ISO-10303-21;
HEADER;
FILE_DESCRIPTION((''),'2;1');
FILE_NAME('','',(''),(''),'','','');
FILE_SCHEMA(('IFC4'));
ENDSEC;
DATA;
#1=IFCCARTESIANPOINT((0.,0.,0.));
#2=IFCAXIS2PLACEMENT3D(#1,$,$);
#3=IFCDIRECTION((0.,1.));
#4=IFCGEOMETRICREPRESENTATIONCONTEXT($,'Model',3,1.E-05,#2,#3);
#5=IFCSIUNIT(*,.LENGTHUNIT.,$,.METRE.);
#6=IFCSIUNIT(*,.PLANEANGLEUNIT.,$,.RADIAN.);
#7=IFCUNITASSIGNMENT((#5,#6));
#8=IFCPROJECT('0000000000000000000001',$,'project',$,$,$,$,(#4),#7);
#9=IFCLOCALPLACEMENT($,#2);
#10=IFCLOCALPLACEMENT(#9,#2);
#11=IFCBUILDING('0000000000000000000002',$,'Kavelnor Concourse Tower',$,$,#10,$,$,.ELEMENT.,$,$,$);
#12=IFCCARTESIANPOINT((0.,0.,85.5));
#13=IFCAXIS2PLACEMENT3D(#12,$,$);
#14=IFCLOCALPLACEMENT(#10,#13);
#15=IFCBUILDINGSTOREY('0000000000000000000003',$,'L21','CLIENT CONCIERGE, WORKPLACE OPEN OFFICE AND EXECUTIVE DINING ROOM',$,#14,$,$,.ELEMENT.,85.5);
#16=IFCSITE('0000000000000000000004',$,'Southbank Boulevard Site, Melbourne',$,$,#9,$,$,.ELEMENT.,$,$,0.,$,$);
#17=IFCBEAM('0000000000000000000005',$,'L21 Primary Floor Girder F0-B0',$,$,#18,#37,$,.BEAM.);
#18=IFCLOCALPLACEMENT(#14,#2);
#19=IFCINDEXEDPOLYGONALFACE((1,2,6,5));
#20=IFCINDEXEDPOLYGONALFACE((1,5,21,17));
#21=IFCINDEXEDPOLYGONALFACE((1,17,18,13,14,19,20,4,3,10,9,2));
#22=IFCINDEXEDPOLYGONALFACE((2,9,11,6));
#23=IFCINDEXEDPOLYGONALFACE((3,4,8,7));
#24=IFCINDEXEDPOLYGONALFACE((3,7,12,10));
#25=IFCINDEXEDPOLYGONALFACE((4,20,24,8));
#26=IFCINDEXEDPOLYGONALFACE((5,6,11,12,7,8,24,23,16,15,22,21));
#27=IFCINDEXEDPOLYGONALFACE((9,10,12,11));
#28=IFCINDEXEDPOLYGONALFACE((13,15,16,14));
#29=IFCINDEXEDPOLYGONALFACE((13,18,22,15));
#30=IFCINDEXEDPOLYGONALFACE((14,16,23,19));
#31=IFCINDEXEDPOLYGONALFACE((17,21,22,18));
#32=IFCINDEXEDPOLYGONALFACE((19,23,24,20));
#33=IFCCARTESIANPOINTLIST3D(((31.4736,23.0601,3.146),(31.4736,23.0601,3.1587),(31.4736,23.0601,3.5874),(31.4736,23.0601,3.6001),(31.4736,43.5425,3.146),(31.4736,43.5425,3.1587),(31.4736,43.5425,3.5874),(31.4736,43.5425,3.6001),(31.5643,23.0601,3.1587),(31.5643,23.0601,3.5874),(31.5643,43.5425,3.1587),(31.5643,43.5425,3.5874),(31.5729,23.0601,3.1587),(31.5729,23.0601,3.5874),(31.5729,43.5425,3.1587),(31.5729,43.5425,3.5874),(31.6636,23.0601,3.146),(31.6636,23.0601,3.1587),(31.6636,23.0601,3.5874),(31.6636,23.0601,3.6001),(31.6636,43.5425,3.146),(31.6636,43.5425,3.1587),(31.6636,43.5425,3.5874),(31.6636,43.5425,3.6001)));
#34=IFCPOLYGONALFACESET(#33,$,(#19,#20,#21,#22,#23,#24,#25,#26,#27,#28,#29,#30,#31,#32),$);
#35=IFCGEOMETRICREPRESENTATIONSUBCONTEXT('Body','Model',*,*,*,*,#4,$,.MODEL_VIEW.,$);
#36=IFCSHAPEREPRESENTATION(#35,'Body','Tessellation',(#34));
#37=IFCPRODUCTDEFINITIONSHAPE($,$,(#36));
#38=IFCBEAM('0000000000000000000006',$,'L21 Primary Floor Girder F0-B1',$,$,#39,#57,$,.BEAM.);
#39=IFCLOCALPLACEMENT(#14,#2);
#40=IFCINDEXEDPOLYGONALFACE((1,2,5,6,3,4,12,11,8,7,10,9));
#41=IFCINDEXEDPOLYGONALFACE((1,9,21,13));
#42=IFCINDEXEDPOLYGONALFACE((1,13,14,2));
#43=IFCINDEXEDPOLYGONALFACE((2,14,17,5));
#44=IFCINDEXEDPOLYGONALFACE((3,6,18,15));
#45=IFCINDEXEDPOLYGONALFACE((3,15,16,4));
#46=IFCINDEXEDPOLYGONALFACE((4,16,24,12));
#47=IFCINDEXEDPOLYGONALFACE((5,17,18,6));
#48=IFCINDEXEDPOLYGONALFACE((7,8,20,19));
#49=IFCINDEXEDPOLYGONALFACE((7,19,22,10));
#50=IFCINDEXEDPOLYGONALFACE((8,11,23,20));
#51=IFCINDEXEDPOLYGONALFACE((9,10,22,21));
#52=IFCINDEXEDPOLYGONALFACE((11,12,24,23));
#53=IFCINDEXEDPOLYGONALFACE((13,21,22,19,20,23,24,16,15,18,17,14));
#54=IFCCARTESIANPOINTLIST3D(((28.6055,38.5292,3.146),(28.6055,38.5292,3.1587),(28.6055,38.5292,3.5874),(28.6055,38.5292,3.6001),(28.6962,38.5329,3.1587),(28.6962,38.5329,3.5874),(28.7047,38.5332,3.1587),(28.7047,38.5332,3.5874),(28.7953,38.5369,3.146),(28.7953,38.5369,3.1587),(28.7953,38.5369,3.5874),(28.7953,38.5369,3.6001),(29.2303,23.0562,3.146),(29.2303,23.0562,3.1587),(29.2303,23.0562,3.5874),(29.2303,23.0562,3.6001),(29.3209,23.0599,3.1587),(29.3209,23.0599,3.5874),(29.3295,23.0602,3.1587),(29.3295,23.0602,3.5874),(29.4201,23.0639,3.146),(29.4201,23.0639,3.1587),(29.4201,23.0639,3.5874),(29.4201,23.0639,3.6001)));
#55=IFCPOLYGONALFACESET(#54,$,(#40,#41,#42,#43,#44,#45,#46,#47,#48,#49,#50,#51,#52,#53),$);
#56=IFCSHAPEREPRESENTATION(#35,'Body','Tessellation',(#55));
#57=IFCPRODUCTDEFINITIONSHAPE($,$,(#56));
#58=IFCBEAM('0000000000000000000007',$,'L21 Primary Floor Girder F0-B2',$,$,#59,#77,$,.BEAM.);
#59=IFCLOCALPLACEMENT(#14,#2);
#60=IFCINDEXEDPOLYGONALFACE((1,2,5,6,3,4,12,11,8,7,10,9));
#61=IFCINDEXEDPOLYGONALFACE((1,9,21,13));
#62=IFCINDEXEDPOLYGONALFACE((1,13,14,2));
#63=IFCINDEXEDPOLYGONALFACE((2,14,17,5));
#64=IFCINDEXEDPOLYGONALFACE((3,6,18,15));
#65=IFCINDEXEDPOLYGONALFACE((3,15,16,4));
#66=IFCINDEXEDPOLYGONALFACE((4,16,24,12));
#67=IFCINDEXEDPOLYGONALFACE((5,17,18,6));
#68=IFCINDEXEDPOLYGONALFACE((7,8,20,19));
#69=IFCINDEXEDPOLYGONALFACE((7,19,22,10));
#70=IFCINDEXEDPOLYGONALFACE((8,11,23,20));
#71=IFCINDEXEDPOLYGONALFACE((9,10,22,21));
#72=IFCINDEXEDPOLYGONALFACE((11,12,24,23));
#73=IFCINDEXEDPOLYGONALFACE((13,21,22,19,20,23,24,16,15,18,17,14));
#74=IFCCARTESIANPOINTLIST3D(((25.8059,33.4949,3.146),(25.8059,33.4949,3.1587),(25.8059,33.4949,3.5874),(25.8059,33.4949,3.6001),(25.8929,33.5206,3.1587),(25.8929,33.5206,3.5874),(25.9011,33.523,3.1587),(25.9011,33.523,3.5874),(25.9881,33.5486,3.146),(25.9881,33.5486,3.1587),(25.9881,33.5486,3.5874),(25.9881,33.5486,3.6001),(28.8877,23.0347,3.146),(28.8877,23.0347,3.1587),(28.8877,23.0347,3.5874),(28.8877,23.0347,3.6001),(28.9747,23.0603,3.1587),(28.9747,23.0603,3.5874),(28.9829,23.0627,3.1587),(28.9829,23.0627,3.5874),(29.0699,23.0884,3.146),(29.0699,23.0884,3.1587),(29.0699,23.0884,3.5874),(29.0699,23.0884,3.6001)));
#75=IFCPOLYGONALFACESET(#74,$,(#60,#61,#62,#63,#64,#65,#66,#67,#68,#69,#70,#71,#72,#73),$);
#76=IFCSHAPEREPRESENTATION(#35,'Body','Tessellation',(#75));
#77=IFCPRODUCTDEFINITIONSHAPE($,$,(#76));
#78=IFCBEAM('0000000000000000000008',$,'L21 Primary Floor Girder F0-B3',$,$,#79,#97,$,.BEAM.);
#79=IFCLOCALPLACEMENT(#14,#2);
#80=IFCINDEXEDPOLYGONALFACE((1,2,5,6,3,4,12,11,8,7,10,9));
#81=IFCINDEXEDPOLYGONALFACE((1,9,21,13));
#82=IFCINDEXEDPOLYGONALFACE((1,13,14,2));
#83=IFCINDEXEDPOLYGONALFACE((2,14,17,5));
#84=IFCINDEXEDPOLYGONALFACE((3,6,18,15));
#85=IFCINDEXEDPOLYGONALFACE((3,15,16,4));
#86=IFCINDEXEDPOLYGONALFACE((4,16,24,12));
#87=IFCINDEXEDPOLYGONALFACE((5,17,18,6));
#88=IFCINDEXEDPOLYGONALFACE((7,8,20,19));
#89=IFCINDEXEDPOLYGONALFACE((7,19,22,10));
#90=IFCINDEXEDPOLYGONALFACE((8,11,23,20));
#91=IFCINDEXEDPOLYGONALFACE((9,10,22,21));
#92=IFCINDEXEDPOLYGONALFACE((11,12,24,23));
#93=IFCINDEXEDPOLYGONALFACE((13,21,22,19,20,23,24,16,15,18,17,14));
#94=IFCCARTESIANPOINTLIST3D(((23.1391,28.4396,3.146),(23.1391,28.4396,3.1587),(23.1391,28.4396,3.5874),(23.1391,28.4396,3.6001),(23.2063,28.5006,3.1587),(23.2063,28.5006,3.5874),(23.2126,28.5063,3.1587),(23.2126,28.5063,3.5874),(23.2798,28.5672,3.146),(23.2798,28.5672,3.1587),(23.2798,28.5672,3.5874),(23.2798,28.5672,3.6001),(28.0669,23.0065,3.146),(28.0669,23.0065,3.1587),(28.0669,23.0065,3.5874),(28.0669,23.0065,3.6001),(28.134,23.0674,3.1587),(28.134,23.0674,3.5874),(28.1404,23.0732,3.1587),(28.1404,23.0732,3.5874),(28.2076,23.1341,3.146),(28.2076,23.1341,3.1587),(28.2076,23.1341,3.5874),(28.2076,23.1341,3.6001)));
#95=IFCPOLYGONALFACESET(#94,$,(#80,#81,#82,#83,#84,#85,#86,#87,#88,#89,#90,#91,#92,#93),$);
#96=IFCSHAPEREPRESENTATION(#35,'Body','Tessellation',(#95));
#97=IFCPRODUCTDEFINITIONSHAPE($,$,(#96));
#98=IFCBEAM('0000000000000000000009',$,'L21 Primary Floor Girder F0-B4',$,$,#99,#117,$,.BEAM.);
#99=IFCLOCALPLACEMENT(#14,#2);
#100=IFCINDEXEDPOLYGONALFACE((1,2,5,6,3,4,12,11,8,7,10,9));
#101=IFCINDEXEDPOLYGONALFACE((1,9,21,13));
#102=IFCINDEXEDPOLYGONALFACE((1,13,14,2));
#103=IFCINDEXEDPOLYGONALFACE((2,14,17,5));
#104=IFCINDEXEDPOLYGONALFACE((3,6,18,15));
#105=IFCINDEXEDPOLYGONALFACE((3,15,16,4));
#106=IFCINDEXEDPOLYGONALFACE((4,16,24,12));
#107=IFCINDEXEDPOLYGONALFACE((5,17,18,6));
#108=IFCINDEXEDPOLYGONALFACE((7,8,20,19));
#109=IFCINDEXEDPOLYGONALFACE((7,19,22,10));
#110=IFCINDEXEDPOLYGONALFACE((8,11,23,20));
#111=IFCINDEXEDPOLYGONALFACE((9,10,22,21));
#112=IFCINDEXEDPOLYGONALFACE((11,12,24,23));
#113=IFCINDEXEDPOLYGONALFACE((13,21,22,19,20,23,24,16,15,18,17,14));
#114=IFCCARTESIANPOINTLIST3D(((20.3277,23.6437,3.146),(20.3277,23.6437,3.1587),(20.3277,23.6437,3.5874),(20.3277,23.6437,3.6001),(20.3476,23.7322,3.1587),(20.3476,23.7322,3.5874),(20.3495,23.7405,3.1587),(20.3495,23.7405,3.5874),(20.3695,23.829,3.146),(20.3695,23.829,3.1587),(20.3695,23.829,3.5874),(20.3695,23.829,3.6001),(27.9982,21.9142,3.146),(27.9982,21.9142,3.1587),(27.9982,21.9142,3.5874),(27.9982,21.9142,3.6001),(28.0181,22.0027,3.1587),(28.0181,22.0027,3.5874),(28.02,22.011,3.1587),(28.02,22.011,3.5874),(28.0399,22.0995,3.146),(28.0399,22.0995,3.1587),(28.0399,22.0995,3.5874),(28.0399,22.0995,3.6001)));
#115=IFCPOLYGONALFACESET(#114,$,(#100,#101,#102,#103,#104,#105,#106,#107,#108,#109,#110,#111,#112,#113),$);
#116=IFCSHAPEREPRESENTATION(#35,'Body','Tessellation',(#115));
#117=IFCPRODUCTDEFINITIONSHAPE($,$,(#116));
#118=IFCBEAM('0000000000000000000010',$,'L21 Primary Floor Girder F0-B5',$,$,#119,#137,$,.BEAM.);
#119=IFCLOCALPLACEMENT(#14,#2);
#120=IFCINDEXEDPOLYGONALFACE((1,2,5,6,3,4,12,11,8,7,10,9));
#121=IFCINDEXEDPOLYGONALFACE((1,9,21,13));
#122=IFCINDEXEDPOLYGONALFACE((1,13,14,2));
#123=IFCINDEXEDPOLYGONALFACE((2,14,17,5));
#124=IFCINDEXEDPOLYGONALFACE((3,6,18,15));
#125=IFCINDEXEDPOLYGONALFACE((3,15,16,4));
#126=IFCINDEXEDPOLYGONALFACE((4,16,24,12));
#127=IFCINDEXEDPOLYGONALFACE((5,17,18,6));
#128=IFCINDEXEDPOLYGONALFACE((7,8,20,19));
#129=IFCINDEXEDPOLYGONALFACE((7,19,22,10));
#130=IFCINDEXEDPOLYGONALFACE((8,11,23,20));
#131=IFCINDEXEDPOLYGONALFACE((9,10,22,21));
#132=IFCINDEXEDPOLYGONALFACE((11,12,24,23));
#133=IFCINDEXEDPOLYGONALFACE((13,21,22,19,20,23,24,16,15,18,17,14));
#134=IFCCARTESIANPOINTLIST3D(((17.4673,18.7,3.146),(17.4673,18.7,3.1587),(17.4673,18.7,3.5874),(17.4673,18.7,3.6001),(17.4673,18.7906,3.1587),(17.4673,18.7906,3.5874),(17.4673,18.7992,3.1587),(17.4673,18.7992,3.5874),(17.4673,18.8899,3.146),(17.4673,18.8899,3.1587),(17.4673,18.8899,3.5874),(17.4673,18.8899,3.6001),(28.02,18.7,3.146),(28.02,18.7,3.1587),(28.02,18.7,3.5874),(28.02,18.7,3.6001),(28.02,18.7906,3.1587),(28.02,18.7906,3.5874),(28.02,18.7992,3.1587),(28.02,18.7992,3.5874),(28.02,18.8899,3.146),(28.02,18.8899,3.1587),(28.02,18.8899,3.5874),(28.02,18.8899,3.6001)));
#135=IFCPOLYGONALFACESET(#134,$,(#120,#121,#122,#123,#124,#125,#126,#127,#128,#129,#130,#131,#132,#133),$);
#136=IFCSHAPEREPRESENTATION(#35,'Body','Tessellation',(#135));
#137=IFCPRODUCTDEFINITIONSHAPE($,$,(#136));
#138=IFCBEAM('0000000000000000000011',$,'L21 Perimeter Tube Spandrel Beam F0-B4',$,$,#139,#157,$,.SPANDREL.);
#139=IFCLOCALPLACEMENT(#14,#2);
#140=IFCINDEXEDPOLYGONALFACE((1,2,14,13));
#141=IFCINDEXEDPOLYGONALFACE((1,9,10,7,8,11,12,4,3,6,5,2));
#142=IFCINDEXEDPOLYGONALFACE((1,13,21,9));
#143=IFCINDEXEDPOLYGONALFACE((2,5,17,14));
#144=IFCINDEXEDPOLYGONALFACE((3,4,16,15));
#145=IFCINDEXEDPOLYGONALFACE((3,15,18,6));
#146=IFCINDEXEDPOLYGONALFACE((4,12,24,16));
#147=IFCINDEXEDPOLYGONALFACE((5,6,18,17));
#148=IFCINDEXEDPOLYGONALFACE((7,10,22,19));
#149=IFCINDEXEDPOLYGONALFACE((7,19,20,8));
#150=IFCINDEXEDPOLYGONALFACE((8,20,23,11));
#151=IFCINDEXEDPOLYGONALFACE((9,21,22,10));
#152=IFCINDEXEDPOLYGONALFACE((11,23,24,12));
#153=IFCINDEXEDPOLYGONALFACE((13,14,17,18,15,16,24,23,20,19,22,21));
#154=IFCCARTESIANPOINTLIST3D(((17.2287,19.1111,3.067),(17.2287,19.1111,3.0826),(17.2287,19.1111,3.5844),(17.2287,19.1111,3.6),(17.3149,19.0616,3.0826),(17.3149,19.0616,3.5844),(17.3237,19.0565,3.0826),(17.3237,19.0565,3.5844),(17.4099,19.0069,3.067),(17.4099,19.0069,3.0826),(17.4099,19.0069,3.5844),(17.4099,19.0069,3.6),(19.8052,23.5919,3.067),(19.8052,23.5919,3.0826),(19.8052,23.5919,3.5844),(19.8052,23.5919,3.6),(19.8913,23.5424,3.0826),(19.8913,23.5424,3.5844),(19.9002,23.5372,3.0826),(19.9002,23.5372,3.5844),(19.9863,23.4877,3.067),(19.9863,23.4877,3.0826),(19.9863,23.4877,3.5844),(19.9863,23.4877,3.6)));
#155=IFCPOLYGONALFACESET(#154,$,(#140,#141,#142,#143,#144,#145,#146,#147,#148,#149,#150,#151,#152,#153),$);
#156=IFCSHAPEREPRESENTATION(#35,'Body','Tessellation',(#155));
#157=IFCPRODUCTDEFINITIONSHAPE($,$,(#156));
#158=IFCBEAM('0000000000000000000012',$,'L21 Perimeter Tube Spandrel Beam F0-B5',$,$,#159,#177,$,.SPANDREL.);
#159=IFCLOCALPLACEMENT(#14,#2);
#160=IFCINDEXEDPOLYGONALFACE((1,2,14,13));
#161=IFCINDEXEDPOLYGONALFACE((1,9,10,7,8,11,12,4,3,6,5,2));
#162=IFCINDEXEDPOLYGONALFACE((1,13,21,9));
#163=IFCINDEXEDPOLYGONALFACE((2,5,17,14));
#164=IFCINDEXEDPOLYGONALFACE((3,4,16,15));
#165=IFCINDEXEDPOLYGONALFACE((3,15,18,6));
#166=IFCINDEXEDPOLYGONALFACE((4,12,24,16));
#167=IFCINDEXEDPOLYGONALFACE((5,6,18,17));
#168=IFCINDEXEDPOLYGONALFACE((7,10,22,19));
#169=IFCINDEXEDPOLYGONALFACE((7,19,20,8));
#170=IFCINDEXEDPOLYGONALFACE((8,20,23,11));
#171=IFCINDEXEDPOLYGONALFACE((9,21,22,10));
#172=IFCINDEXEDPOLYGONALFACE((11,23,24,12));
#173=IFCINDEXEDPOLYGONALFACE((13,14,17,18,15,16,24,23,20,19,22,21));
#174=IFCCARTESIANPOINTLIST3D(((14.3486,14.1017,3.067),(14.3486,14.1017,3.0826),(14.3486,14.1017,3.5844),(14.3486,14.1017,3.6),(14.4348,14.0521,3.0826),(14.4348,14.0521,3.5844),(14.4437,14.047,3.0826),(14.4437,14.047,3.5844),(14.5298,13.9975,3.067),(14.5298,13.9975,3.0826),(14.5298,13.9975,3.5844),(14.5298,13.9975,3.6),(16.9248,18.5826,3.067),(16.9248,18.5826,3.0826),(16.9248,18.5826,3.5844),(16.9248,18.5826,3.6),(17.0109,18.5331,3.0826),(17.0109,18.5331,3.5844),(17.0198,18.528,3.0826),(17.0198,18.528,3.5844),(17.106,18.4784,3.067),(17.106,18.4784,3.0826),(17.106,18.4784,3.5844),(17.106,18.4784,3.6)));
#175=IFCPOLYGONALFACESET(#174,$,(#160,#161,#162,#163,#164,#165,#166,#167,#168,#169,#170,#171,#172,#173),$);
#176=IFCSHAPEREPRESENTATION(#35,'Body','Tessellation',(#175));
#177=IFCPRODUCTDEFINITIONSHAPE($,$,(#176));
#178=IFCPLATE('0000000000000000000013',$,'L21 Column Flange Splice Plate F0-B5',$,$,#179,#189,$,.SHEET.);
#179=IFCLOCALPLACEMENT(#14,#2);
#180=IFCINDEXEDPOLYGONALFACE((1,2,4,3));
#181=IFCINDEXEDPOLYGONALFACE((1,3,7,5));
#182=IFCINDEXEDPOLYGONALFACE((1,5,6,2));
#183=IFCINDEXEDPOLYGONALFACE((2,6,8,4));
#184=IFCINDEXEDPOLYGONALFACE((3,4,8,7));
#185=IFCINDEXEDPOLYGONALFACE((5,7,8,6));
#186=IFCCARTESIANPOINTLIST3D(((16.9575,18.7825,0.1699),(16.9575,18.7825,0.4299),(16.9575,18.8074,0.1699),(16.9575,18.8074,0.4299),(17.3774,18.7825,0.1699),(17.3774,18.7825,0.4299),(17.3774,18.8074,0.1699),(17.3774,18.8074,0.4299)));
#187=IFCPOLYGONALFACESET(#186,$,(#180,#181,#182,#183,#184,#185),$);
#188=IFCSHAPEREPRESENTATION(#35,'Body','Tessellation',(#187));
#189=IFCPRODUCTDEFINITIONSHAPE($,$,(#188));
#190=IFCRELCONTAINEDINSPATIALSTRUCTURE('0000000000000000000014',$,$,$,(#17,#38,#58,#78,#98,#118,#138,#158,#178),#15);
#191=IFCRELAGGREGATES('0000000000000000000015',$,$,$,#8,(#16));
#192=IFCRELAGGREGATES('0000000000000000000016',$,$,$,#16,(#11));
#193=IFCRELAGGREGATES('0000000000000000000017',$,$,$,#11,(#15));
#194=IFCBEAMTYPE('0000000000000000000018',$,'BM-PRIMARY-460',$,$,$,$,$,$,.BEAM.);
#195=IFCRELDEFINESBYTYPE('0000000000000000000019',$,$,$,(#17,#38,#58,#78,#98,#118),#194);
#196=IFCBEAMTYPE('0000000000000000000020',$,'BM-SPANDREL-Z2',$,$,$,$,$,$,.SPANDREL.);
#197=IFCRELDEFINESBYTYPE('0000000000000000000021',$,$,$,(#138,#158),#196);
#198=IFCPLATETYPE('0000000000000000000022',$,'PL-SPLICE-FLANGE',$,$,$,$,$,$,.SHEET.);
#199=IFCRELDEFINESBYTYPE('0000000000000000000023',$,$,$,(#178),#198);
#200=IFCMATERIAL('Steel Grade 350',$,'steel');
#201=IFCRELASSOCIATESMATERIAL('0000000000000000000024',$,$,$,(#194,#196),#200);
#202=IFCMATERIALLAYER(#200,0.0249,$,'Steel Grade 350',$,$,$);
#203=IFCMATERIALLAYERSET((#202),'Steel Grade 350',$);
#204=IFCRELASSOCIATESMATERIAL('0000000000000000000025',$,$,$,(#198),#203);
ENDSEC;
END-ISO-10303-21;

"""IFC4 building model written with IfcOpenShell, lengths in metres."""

from ifc_helpers import new_model, si_unit, direction, frame, origin, origin_2d, place, context, subcontext, project, spatial, rectangle, i_section, extrude, material, layer, layer_set, material_profile, profile_set, type_object, element, save


model = new_model("IFC4")

# Units and contexts
model_context = context("Model", 3, precision=1e-05, world=origin(), true_north=direction((0.0, 1.0)))
body_context = subcontext(model_context, "Body", "Model", "MODEL_VIEW")
ifc_project = project(units=[si_unit("LENGTHUNIT", "METRE"), si_unit("PLANEANGLEUNIT", "RADIAN")], contexts=[model_context])

# Site, building, storey
site_placement = place(None, origin())
site = spatial("IfcSite", under=ifc_project, at=site_placement, Name="Southbank Boulevard Site, Melbourne", CompositionType="ELEMENT", RefElevation=0.0)
building_placement = place(site_placement, origin())
building = spatial("IfcBuilding", under=site, at=building_placement, Name="Kavelnor Concourse Tower", CompositionType="ELEMENT")
storey_placement = place(building_placement, frame((0.0, 0.0, 85.5)))
storey = spatial("IfcBuildingStorey", under=building, at=storey_placement, Name="L21", Description="CLIENT CONCIERGE, WORKPLACE OPEN OFFICE AND EXECUTIVE DINING ROOM", CompositionType="ELEMENT", Elevation=85.5)

# Shared definitions
ifc_material_1 = material(Name="Steel Grade 350", Category="steel")

# Beams
ifc_material_profile_1 = material_profile(ifc_material_1, i_section(OverallWidth=0.1899, OverallDepth=0.4541, WebThickness=0.0085, FlangeThickness=0.0127, at=origin_2d()), Name="460UB67")
ifc_profile_set_1 = profile_set([ifc_material_profile_1], Name="Steel Grade 350")
beam_type_1 = type_object("IfcBeamType", Name="BM-PRIMARY-460", PredefinedType="BEAM", material=ifc_profile_set_1)
beam_1_placement = place(storey_placement, frame((31.5686, 23.0601, 3.373), z_axis=(0.0, 1.0, 0.0), x_axis=(-1.0, 0.0, 0.0)))
element("IfcBeam", 1, at=beam_1_placement, inside=storey, type_object=beam_type_1, Name="L21 Primary Floor Girder F0-B0", PredefinedType="BEAM", context=body_context, shape_type="SweptSolid", body=[
    extrude(i_section(OverallWidth=0.1899, OverallDepth=0.4541, WebThickness=0.0085, FlangeThickness=0.0127, at=origin_2d()), origin(), (0.0, 0.0, 1.0), 20.4824),
])
beam_2_placement = place(storey_placement, frame((29.3252, 23.0601, 3.373), z_axis=(-0.040345, 0.999186, 0.0), x_axis=(-0.999186, -0.040345, 0.0)))
element("IfcBeam", 2, at=beam_2_placement, inside=storey, type_object=beam_type_1, Name="L21 Primary Floor Girder F0-B1", PredefinedType="BEAM", context=body_context, shape_type="SweptSolid", body=[
    extrude(i_section(OverallWidth=0.1899, OverallDepth=0.4541, WebThickness=0.0085, FlangeThickness=0.0127, at=origin_2d()), origin(), (0.0, 0.0, 1.0), 15.4856),
])
beam_3_placement = place(storey_placement, frame((28.9788, 23.0615, 3.373), z_axis=(-0.28261, 0.959235, 0.0), x_axis=(-0.959235, -0.28261, 0.0)))
element("IfcBeam", 3, at=beam_3_placement, inside=storey, type_object=beam_type_1, Name="L21 Primary Floor Girder F0-B2", PredefinedType="BEAM", context=body_context, shape_type="SweptSolid", body=[
    extrude(i_section(OverallWidth=0.1899, OverallDepth=0.4541, WebThickness=0.0085, FlangeThickness=0.0127, at=origin_2d()), origin(), (0.0, 0.0, 1.0), 10.9048),
])
beam_4_placement = place(storey_placement, frame((28.1372, 23.0703, 3.373), z_axis=(-0.671817, 0.740717, 0.0), x_axis=(-0.740717, -0.671817, 0.0)))
element("IfcBeam", 4, at=beam_4_placement, inside=storey, type_object=beam_type_1, Name="L21 Primary Floor Girder F0-B3", PredefinedType="BEAM", context=body_context, shape_type="SweptSolid", body=[
    extrude(i_section(OverallWidth=0.1899, OverallDepth=0.4541, WebThickness=0.0085, FlangeThickness=0.0127, at=origin_2d()), origin(), (0.0, 0.0, 1.0), 7.335),
])
beam_5_placement = place(storey_placement, frame((28.019, 22.0068, 3.373), z_axis=(-0.97551, 0.219954, 0.0), x_axis=(-0.219954, -0.97551, 0.0)))
element("IfcBeam", 5, at=beam_5_placement, inside=storey, type_object=beam_type_1, Name="L21 Primary Floor Girder F0-B4", PredefinedType="BEAM", context=body_context, shape_type="SweptSolid", body=[
    extrude(i_section(OverallWidth=0.1899, OverallDepth=0.4541, WebThickness=0.0085, FlangeThickness=0.0127, at=origin_2d()), origin(), (0.0, 0.0, 1.0), 7.863),
])
beam_6_placement = place(storey_placement, frame((28.02, 18.7949, 3.373), z_axis=(-1.0, 0.0, 0.0), x_axis=(0.0, -1.0, 0.0)))
element("IfcBeam", 6, at=beam_6_placement, inside=storey, type_object=beam_type_1, Name="L21 Primary Floor Girder F0-B5", PredefinedType="BEAM", context=body_context, shape_type="SweptSolid", body=[
    extrude(i_section(OverallWidth=0.1899, OverallDepth=0.4541, WebThickness=0.0085, FlangeThickness=0.0127, at=origin_2d()), origin(), (0.0, 0.0, 1.0), 10.5527),
])
ifc_material_profile_2 = material_profile(ifc_material_1, i_section(OverallWidth=0.209, OverallDepth=0.533, WebThickness=0.0103, FlangeThickness=0.0156, at=origin_2d()), Name="530UB92")
ifc_profile_set_2 = profile_set([ifc_material_profile_2], Name="Steel Grade 350")
beam_type_2 = type_object("IfcBeamType", Name="BM-SPANDREL-Z2", PredefinedType="SPANDREL", material=ifc_profile_set_2)
for number, where, z_axis, x_axis, name in (
    (7, (19.8958, 23.5398, 3.3335), (-0.498472, -0.866906, 0.0), (0.866906, -0.498472, 0.0), "L21 Perimeter Tube Spandrel Beam F0-B4"),
    (8, (17.0154, 18.5305, 3.3335), (-0.498416, -0.866938, 0.0), (0.866938, -0.498416, 0.0), "L21 Perimeter Tube Spandrel Beam F0-B5"),
):
    element("IfcBeam", number, at=place(storey_placement, frame(where, z_axis=z_axis, x_axis=x_axis)), inside=storey, type_object=beam_type_2, Name=name, PredefinedType="SPANDREL", context=body_context, shape_type="SweptSolid", body=[
        extrude(i_section(OverallWidth=0.209, OverallDepth=0.533, WebThickness=0.0103, FlangeThickness=0.0156, at=origin_2d()), origin(), (0.0, 0.0, 1.0), 5.1687),
    ])

# Plate
ifc_layer_1 = layer(ifc_material_1, 0.0249, Name="Steel Grade 350")
ifc_layer_set_1 = layer_set([ifc_layer_1], Name="Steel Grade 350")
plate_type = type_object("IfcPlateType", Name="PL-SPLICE-FLANGE", PredefinedType="SHEET", material=ifc_layer_set_1)
plate_placement = place(storey_placement, frame((17.1675, 18.7949, 0.1699), z_axis=(0.0, 0.0, 1.0), x_axis=(1.0, 0.0, 0.0)))
element("IfcPlate", 9, at=plate_placement, inside=storey, type_object=plate_type, Name="L21 Column Flange Splice Plate F0-B5", PredefinedType="SHEET", context=body_context, shape_type="SweptSolid", body=[
    extrude(rectangle(XDim=0.4199, YDim=0.0249, at=origin_2d()), origin(), (0.0, 0.0, 1.0), 0.26),
])

save(model, "model.ifc")
